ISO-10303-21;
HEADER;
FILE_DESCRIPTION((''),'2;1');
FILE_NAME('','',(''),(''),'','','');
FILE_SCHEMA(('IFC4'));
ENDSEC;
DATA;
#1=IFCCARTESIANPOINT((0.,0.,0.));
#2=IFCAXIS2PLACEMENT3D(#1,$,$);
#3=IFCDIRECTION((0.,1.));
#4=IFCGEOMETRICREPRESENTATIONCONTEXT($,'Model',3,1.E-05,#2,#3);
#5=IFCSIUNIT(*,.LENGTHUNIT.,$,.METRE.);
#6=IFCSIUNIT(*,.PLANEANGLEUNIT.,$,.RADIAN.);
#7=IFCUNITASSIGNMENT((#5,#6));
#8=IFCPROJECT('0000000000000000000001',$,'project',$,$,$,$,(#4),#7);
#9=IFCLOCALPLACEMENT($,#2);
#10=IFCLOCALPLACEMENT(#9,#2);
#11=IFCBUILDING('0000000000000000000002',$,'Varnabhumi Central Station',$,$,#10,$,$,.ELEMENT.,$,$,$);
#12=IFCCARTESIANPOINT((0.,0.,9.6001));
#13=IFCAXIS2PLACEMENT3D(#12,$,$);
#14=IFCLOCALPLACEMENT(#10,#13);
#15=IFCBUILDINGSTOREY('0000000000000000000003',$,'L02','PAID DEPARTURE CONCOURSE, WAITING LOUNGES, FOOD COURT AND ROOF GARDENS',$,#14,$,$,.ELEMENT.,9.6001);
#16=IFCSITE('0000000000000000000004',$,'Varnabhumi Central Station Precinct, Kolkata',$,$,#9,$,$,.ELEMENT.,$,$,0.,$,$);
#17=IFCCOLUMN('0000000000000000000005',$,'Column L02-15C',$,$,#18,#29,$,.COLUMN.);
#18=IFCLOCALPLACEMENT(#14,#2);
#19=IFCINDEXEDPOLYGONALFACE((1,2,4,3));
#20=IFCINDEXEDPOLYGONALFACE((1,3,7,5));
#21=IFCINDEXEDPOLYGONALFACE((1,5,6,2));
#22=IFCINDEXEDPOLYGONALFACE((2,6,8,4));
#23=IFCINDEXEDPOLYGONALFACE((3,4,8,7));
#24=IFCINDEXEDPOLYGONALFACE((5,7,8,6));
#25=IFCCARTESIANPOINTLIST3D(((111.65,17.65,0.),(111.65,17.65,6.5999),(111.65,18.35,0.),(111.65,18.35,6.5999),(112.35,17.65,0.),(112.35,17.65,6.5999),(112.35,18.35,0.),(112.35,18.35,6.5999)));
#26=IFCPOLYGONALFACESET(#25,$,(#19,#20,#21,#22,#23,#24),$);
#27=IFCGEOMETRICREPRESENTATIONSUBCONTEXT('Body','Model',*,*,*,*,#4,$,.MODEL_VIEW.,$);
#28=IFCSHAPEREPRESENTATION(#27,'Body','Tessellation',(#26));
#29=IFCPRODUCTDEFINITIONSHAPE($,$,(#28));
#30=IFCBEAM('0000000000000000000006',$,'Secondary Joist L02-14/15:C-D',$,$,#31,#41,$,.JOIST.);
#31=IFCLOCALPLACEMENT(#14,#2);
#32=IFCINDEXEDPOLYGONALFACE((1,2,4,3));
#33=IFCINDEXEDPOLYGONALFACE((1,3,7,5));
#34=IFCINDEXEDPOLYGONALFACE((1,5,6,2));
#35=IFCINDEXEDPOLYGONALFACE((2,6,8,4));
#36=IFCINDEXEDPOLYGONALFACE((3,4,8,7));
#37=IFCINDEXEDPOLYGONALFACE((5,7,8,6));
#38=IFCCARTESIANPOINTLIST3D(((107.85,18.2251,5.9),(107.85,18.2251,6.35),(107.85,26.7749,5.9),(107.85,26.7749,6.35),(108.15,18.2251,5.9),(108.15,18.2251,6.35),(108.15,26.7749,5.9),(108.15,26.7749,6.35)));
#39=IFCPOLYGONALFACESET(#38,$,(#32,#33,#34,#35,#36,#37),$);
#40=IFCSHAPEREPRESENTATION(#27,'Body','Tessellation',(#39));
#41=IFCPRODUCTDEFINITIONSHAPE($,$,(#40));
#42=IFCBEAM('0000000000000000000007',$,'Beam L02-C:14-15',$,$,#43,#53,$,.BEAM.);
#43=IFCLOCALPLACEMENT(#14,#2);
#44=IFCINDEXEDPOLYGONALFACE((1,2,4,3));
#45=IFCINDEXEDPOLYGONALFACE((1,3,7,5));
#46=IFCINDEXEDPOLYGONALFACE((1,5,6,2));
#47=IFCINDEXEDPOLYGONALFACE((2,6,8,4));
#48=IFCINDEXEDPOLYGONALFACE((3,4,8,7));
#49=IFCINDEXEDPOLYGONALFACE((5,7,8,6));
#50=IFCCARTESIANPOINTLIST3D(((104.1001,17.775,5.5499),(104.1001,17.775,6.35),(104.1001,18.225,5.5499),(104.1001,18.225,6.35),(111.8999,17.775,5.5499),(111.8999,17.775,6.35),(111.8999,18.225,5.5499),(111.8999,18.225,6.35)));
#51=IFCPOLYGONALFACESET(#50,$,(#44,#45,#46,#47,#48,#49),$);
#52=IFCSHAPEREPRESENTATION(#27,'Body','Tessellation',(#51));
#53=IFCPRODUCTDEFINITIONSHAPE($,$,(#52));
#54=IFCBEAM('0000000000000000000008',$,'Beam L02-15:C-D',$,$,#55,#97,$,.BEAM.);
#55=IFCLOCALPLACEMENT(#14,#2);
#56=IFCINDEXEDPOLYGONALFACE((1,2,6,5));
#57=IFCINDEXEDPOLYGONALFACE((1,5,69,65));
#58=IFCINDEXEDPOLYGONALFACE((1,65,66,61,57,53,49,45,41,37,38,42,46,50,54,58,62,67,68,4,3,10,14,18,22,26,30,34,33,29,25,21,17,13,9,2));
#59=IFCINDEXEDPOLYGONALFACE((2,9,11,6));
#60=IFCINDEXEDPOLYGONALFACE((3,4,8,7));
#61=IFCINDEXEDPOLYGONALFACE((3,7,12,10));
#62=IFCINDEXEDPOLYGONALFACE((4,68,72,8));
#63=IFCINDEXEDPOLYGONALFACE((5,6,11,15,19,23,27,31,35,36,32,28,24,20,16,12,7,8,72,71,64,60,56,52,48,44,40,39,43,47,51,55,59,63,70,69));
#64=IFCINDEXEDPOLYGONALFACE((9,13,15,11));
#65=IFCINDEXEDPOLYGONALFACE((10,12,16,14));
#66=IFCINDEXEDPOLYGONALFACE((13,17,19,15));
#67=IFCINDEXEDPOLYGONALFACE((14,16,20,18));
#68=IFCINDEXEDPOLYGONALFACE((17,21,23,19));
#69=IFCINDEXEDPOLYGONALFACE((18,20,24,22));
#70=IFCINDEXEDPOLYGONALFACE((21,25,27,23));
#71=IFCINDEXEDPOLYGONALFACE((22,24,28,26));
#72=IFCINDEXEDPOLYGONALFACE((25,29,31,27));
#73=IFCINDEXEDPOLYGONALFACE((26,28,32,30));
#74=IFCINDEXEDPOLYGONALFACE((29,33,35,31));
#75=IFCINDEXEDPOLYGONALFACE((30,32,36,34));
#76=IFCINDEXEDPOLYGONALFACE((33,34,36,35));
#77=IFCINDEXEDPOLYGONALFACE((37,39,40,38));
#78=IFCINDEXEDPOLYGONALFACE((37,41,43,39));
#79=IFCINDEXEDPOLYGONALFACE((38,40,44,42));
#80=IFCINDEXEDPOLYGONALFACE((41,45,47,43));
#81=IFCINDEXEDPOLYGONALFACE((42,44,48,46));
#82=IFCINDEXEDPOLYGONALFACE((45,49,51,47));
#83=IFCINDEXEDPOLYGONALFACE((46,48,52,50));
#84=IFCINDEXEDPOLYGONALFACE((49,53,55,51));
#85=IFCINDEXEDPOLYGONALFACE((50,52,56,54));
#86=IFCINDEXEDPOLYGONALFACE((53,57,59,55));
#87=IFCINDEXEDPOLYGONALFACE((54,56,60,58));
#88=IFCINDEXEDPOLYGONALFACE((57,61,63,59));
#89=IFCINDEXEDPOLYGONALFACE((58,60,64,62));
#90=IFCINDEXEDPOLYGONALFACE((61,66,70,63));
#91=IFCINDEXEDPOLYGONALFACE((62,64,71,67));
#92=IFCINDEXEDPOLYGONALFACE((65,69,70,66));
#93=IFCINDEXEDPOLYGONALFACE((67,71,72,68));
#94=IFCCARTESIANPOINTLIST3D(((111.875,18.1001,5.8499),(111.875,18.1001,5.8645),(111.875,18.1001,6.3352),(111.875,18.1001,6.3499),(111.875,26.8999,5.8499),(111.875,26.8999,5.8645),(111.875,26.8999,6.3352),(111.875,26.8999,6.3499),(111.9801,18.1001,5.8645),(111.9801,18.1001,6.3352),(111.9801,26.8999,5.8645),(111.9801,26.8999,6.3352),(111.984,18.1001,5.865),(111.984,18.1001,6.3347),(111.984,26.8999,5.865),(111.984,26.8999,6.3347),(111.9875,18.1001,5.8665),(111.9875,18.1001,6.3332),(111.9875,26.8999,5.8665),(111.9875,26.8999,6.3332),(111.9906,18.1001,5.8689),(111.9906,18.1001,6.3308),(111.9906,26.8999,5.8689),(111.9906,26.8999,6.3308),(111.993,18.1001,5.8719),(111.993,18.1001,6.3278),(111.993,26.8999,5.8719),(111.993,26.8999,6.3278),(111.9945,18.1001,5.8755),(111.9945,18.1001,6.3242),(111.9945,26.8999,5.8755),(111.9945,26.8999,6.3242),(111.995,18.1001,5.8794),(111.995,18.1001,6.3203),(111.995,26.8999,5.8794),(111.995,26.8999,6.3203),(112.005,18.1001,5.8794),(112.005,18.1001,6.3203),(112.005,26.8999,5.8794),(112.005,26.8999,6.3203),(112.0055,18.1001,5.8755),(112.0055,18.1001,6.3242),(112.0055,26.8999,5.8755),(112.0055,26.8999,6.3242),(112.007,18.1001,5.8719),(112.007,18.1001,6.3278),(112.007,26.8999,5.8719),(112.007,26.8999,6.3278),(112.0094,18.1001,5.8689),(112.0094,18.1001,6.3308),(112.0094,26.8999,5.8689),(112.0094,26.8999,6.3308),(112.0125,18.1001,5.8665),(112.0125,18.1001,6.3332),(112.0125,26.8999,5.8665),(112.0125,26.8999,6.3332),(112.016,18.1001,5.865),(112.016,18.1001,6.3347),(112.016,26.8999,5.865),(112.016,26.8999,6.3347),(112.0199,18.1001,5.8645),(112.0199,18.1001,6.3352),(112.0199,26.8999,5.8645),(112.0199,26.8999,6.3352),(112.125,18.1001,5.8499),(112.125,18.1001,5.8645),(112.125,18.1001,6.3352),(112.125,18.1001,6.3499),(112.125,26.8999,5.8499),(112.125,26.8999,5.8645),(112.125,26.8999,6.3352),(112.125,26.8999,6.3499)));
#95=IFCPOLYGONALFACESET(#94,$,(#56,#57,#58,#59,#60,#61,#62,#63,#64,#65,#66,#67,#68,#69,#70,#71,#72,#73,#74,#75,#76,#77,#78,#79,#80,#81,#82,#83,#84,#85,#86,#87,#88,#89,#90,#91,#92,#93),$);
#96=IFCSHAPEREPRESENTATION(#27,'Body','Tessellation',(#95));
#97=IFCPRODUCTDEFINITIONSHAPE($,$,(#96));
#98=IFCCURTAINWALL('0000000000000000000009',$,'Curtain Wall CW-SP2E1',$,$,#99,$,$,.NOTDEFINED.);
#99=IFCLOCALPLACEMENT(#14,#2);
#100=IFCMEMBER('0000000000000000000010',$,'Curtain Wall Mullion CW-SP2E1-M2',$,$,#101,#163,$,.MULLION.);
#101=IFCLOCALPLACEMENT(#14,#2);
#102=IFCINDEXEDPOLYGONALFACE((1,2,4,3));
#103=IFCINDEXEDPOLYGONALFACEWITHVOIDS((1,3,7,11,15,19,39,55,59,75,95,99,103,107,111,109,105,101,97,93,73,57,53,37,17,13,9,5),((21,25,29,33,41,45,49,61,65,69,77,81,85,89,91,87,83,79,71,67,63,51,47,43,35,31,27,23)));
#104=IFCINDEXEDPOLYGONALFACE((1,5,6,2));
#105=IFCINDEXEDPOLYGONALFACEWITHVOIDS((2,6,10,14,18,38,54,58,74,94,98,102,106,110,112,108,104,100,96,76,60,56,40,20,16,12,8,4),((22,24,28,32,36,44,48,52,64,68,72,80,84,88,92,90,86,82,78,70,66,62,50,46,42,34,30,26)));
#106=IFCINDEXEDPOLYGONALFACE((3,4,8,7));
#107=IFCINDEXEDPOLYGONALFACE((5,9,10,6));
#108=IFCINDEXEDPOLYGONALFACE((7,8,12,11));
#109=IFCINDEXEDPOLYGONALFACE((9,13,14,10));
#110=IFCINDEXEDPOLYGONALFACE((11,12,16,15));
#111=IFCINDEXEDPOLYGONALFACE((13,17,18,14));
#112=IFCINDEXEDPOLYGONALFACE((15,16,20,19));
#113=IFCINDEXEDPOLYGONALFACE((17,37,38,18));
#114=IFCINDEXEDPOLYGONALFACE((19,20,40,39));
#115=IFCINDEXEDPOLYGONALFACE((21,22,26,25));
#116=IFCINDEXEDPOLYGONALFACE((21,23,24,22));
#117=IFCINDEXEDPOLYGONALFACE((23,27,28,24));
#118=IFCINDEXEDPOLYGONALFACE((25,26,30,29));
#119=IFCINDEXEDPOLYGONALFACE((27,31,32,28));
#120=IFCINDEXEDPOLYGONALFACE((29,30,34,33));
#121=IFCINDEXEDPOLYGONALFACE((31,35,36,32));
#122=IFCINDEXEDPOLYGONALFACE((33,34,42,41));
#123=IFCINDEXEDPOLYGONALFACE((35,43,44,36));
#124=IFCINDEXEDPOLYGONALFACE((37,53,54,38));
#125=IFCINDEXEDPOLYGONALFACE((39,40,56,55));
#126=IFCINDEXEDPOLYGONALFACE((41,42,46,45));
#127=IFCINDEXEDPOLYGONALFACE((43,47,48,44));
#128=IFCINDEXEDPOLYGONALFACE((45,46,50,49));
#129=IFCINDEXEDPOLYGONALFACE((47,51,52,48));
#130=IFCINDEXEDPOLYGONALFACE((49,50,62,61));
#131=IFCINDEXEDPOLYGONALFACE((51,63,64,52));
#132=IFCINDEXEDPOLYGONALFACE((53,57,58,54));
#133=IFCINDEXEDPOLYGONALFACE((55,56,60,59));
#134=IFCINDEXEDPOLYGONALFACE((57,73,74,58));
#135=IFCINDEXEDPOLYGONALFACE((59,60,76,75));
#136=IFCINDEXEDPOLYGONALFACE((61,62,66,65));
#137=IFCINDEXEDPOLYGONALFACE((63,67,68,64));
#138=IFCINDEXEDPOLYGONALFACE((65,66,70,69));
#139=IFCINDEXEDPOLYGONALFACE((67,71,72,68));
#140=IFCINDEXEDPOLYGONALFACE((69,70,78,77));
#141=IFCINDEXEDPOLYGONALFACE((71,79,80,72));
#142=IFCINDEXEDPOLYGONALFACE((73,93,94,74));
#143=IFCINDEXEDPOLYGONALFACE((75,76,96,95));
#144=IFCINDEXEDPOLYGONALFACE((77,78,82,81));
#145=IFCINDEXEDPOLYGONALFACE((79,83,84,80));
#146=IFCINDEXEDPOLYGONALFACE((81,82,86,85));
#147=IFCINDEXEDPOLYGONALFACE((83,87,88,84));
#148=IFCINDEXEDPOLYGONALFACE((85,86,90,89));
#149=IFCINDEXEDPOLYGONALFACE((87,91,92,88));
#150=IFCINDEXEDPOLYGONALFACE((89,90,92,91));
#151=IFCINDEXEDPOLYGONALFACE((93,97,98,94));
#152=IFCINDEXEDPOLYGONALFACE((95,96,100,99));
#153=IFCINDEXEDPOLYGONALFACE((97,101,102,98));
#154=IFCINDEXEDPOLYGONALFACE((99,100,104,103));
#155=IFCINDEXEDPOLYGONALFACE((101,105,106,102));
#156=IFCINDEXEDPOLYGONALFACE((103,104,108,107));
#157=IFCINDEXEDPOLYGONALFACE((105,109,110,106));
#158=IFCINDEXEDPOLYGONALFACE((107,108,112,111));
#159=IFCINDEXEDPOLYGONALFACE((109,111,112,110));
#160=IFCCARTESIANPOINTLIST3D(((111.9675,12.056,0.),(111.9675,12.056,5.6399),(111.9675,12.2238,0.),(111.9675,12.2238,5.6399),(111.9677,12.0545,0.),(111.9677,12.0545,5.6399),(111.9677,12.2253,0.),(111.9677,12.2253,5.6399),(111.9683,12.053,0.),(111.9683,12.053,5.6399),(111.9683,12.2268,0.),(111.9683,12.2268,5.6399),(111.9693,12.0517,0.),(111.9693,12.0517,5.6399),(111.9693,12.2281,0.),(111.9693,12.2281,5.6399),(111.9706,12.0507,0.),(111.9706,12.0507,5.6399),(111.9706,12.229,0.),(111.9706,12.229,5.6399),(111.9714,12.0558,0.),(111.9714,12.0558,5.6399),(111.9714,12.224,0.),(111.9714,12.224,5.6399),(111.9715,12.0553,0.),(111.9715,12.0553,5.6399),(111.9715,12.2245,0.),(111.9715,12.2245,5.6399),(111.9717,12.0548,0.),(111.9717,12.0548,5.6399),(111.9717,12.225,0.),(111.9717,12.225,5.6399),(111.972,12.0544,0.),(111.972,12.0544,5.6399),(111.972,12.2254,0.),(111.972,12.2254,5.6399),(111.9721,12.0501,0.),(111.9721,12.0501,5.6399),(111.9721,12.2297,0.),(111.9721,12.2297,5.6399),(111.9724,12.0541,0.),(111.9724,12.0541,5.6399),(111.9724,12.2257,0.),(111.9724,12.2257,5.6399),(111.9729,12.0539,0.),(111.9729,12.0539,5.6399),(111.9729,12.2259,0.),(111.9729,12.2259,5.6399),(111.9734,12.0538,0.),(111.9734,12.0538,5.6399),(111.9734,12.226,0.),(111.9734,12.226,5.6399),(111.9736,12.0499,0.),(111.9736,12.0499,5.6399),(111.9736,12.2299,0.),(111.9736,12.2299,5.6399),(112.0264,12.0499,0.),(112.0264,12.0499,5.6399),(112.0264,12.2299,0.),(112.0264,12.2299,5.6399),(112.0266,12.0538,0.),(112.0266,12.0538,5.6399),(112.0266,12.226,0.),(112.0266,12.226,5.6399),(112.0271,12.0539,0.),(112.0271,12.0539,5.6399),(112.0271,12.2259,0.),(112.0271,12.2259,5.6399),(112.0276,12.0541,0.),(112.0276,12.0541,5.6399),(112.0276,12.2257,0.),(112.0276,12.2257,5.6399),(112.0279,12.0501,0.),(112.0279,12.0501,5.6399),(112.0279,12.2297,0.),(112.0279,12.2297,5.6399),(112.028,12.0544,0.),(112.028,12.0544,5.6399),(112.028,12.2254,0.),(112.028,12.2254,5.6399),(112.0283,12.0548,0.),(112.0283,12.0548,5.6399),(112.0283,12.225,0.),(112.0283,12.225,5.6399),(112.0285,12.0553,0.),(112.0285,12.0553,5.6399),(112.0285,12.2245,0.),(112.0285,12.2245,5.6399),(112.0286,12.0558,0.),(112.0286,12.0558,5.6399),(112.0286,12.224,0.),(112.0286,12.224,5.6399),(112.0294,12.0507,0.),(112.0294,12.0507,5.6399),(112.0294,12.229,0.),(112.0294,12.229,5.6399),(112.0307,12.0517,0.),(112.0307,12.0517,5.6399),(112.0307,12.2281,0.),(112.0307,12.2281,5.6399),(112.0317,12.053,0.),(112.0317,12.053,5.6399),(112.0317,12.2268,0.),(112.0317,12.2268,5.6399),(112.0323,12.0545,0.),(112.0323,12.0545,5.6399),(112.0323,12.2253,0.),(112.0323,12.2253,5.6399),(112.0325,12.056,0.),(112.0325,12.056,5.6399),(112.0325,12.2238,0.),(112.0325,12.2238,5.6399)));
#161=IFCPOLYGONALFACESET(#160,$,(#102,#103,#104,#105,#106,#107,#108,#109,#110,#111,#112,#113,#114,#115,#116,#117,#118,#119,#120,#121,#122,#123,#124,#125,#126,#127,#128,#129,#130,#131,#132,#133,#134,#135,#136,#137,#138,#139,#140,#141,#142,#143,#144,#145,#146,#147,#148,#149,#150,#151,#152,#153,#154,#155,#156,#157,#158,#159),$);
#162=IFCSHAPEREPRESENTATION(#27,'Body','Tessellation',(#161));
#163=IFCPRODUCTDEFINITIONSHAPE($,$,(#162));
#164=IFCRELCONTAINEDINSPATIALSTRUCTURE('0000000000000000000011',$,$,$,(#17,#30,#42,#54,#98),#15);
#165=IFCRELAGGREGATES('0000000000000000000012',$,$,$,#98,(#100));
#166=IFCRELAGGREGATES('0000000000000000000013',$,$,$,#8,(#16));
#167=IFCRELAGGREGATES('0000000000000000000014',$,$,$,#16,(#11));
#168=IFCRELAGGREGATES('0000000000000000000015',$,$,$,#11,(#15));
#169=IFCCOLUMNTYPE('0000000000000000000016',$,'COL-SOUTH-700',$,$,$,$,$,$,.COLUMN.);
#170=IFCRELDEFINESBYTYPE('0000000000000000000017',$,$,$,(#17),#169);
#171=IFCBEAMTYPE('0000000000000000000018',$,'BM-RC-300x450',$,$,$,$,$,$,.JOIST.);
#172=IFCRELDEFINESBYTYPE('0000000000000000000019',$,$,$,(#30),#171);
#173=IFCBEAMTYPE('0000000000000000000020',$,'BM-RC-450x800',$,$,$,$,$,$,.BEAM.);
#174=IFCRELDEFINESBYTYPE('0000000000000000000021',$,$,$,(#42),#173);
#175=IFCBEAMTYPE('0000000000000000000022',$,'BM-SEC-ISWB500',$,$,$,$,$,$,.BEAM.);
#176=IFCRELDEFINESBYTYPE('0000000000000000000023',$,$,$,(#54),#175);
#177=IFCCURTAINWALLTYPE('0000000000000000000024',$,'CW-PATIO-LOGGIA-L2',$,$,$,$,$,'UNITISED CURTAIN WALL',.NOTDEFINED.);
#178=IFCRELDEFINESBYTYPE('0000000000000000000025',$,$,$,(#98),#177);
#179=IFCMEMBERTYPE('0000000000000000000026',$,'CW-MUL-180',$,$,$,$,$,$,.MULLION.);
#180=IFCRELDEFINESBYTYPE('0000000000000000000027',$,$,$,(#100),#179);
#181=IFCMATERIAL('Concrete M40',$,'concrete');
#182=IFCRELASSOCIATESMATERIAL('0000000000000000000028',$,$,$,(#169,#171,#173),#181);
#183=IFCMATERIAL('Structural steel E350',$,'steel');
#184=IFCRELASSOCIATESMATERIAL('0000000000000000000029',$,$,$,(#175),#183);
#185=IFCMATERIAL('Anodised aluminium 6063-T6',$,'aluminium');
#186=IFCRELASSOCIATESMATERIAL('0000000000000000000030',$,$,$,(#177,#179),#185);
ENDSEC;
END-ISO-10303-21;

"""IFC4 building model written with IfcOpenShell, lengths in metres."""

from ifc_helpers import new_model, si_unit, direction, frame, origin, origin_2d, place, context, subcontext, project, spatial, rectangle, hollow_rectangle, i_section, extrude, material, material_profile, profile_set, type_object, element, aggregate, save


model = new_model("IFC4")

# Units and contexts
model_context = context("Model", 3, precision=1e-05, world=origin(), true_north=direction((0.0, 1.0)))
body_context = subcontext(model_context, "Body", "Model", "MODEL_VIEW")
ifc_project = project(units=[si_unit("LENGTHUNIT", "METRE"), si_unit("PLANEANGLEUNIT", "RADIAN")], contexts=[model_context])

# Site, building, storey
site_placement = place(None, origin())
site = spatial("IfcSite", under=ifc_project, at=site_placement, Name="Varnabhumi Central Station Precinct, Kolkata", CompositionType="ELEMENT", RefElevation=0.0)
building_placement = place(site_placement, origin())
building = spatial("IfcBuilding", under=site, at=building_placement, Name="Varnabhumi Central Station", CompositionType="ELEMENT")
storey_placement = place(building_placement, frame((0.0, 0.0, 9.6001)))
storey = spatial("IfcBuildingStorey", under=building, at=storey_placement, Name="L02", Description="PAID DEPARTURE CONCOURSE, WAITING LOUNGES, FOOD COURT AND ROOF GARDENS", CompositionType="ELEMENT", Elevation=9.6001)

# Column
ifc_material_1 = material(Name="Concrete M40", Category="concrete")
ifc_material_profile_1 = material_profile(ifc_material_1, rectangle(XDim=0.7, YDim=0.7, at=origin_2d()), Name="Concrete M40", Category="concrete")
ifc_profile_set_1 = profile_set([ifc_material_profile_1], Name="Concrete M40")
column_type = type_object("IfcColumnType", Name="COL-SOUTH-700", PredefinedType="COLUMN", material=ifc_profile_set_1)
column_placement = place(storey_placement, frame((112.0, 18.0, 0.0), z_axis=(0.0, 0.0, 1.0), x_axis=(1.0, 0.0, 0.0)))
element("IfcColumn", 1, at=column_placement, inside=storey, type_object=column_type, Name="Column L02-15C", PredefinedType="COLUMN", context=body_context, shape_type="SweptSolid", body=[
    extrude(rectangle(XDim=0.7, YDim=0.7, at=origin_2d()), origin(), (0.0, 0.0, 1.0), 6.5999),
])

# Beams
ifc_material_profile_2 = material_profile(ifc_material_1, rectangle(XDim=0.3, YDim=0.45, at=origin_2d()), Name="Concrete M40", Category="concrete")
ifc_profile_set_2 = profile_set([ifc_material_profile_2], Name="Concrete M40")
beam_type_1 = type_object("IfcBeamType", Name="BM-RC-300x450", PredefinedType="JOIST", material=ifc_profile_set_2)
beam_1_placement = place(storey_placement, frame((108.0, 18.2251, 6.125), z_axis=(0.0, 1.0, 0.0), x_axis=(-1.0, 0.0, 0.0)))
element("IfcBeam", 2, at=beam_1_placement, inside=storey, type_object=beam_type_1, Name="Secondary Joist L02-14/15:C-D", PredefinedType="JOIST", context=body_context, shape_type="SweptSolid", body=[
    extrude(rectangle(XDim=0.3, YDim=0.45, at=origin_2d()), origin(), (0.0, 0.0, 1.0), 8.5498),
])
ifc_material_profile_3 = material_profile(ifc_material_1, rectangle(XDim=0.45, YDim=0.8, at=origin_2d()), Name="Concrete M40", Category="concrete")
ifc_profile_set_3 = profile_set([ifc_material_profile_3], Name="Concrete M40")
beam_type_2 = type_object("IfcBeamType", Name="BM-RC-450x800", PredefinedType="BEAM", material=ifc_profile_set_3)
beam_2_placement = place(storey_placement, frame((104.1001, 18.0, 5.95), z_axis=(1.0, 0.0, 0.0), x_axis=(0.0, 1.0, 0.0)))
element("IfcBeam", 3, at=beam_2_placement, inside=storey, type_object=beam_type_2, Name="Beam L02-C:14-15", PredefinedType="BEAM", context=body_context, shape_type="SweptSolid", body=[
    extrude(rectangle(XDim=0.45, YDim=0.8, at=origin_2d()), origin(), (0.0, 0.0, 1.0), 7.7998),
])
ifc_material_2 = material(Name="Structural steel E350", Category="steel")
ifc_material_profile_4 = material_profile(ifc_material_2, i_section(OverallWidth=0.25, OverallDepth=0.5, WebThickness=0.01, FlangeThickness=0.0146, FilletRadius=0.0149, at=origin_2d()), Name="Structural steel E350", Category="steel")
ifc_profile_set_4 = profile_set([ifc_material_profile_4], Name="Structural steel E350")
beam_type_3 = type_object("IfcBeamType", Name="BM-SEC-ISWB500", PredefinedType="BEAM", material=ifc_profile_set_4)
beam_3_placement = place(storey_placement, frame((112.0, 18.1001, 6.0999), z_axis=(0.0, 1.0, 0.0), x_axis=(-1.0, 0.0, 0.0)))
element("IfcBeam", 4, at=beam_3_placement, inside=storey, type_object=beam_type_3, Name="Beam L02-15:C-D", PredefinedType="BEAM", context=body_context, shape_type="SweptSolid", body=[
    extrude(i_section(OverallWidth=0.25, OverallDepth=0.5, WebThickness=0.01, FlangeThickness=0.0146, FilletRadius=0.0149, at=origin_2d()), origin(), (0.0, 0.0, 1.0), 8.7998),
])

# Curtain wall, member
ifc_material_3 = material(Name="Anodised aluminium 6063-T6", Category="aluminium")
curtain_wall_type = type_object("IfcCurtainWallType", Name="CW-PATIO-LOGGIA-L2", ElementType="UNITISED CURTAIN WALL", PredefinedType="NOTDEFINED", material=ifc_material_3)
curtain_wall_1_placement = place(storey_placement, origin())
curtain_wall_1 = element("IfcCurtainWall", 5, at=curtain_wall_1_placement, inside=storey, type_object=curtain_wall_type, Name="Curtain Wall CW-SP2E1", PredefinedType="NOTDEFINED")
ifc_material_profile_5 = material_profile(ifc_material_3, hollow_rectangle(XDim=0.0649, YDim=0.1799, WallThickness=0.0039, InnerFilletRadius=0.002, OuterFilletRadius=0.0061, at=origin_2d()), Name="Anodised aluminium 6063-T6", Category="aluminium")
ifc_profile_set_5 = profile_set([ifc_material_profile_5], Name="Anodised aluminium 6063-T6")
member_type_1 = type_object("IfcMemberType", Name="CW-MUL-180", PredefinedType="MULLION", material=ifc_profile_set_5)
member_1_placement = place(storey_placement, frame((112.0, 12.1399, 0.0), z_axis=(0.0, 0.0, 1.0), x_axis=(1.0, 0.0, 0.0)))
member_1 = element("IfcMember", 6, at=member_1_placement, type_object=member_type_1, Name="Curtain Wall Mullion CW-SP2E1-M2", PredefinedType="MULLION", context=body_context, shape_type="SweptSolid", body=[
    extrude(hollow_rectangle(XDim=0.0649, YDim=0.1799, WallThickness=0.0039, InnerFilletRadius=0.002, OuterFilletRadius=0.0061, at=origin_2d()), origin(), (0.0, 0.0, 1.0), 5.6399),
])

aggregate(curtain_wall_1, [member_1])

save(model, "model.ifc")
